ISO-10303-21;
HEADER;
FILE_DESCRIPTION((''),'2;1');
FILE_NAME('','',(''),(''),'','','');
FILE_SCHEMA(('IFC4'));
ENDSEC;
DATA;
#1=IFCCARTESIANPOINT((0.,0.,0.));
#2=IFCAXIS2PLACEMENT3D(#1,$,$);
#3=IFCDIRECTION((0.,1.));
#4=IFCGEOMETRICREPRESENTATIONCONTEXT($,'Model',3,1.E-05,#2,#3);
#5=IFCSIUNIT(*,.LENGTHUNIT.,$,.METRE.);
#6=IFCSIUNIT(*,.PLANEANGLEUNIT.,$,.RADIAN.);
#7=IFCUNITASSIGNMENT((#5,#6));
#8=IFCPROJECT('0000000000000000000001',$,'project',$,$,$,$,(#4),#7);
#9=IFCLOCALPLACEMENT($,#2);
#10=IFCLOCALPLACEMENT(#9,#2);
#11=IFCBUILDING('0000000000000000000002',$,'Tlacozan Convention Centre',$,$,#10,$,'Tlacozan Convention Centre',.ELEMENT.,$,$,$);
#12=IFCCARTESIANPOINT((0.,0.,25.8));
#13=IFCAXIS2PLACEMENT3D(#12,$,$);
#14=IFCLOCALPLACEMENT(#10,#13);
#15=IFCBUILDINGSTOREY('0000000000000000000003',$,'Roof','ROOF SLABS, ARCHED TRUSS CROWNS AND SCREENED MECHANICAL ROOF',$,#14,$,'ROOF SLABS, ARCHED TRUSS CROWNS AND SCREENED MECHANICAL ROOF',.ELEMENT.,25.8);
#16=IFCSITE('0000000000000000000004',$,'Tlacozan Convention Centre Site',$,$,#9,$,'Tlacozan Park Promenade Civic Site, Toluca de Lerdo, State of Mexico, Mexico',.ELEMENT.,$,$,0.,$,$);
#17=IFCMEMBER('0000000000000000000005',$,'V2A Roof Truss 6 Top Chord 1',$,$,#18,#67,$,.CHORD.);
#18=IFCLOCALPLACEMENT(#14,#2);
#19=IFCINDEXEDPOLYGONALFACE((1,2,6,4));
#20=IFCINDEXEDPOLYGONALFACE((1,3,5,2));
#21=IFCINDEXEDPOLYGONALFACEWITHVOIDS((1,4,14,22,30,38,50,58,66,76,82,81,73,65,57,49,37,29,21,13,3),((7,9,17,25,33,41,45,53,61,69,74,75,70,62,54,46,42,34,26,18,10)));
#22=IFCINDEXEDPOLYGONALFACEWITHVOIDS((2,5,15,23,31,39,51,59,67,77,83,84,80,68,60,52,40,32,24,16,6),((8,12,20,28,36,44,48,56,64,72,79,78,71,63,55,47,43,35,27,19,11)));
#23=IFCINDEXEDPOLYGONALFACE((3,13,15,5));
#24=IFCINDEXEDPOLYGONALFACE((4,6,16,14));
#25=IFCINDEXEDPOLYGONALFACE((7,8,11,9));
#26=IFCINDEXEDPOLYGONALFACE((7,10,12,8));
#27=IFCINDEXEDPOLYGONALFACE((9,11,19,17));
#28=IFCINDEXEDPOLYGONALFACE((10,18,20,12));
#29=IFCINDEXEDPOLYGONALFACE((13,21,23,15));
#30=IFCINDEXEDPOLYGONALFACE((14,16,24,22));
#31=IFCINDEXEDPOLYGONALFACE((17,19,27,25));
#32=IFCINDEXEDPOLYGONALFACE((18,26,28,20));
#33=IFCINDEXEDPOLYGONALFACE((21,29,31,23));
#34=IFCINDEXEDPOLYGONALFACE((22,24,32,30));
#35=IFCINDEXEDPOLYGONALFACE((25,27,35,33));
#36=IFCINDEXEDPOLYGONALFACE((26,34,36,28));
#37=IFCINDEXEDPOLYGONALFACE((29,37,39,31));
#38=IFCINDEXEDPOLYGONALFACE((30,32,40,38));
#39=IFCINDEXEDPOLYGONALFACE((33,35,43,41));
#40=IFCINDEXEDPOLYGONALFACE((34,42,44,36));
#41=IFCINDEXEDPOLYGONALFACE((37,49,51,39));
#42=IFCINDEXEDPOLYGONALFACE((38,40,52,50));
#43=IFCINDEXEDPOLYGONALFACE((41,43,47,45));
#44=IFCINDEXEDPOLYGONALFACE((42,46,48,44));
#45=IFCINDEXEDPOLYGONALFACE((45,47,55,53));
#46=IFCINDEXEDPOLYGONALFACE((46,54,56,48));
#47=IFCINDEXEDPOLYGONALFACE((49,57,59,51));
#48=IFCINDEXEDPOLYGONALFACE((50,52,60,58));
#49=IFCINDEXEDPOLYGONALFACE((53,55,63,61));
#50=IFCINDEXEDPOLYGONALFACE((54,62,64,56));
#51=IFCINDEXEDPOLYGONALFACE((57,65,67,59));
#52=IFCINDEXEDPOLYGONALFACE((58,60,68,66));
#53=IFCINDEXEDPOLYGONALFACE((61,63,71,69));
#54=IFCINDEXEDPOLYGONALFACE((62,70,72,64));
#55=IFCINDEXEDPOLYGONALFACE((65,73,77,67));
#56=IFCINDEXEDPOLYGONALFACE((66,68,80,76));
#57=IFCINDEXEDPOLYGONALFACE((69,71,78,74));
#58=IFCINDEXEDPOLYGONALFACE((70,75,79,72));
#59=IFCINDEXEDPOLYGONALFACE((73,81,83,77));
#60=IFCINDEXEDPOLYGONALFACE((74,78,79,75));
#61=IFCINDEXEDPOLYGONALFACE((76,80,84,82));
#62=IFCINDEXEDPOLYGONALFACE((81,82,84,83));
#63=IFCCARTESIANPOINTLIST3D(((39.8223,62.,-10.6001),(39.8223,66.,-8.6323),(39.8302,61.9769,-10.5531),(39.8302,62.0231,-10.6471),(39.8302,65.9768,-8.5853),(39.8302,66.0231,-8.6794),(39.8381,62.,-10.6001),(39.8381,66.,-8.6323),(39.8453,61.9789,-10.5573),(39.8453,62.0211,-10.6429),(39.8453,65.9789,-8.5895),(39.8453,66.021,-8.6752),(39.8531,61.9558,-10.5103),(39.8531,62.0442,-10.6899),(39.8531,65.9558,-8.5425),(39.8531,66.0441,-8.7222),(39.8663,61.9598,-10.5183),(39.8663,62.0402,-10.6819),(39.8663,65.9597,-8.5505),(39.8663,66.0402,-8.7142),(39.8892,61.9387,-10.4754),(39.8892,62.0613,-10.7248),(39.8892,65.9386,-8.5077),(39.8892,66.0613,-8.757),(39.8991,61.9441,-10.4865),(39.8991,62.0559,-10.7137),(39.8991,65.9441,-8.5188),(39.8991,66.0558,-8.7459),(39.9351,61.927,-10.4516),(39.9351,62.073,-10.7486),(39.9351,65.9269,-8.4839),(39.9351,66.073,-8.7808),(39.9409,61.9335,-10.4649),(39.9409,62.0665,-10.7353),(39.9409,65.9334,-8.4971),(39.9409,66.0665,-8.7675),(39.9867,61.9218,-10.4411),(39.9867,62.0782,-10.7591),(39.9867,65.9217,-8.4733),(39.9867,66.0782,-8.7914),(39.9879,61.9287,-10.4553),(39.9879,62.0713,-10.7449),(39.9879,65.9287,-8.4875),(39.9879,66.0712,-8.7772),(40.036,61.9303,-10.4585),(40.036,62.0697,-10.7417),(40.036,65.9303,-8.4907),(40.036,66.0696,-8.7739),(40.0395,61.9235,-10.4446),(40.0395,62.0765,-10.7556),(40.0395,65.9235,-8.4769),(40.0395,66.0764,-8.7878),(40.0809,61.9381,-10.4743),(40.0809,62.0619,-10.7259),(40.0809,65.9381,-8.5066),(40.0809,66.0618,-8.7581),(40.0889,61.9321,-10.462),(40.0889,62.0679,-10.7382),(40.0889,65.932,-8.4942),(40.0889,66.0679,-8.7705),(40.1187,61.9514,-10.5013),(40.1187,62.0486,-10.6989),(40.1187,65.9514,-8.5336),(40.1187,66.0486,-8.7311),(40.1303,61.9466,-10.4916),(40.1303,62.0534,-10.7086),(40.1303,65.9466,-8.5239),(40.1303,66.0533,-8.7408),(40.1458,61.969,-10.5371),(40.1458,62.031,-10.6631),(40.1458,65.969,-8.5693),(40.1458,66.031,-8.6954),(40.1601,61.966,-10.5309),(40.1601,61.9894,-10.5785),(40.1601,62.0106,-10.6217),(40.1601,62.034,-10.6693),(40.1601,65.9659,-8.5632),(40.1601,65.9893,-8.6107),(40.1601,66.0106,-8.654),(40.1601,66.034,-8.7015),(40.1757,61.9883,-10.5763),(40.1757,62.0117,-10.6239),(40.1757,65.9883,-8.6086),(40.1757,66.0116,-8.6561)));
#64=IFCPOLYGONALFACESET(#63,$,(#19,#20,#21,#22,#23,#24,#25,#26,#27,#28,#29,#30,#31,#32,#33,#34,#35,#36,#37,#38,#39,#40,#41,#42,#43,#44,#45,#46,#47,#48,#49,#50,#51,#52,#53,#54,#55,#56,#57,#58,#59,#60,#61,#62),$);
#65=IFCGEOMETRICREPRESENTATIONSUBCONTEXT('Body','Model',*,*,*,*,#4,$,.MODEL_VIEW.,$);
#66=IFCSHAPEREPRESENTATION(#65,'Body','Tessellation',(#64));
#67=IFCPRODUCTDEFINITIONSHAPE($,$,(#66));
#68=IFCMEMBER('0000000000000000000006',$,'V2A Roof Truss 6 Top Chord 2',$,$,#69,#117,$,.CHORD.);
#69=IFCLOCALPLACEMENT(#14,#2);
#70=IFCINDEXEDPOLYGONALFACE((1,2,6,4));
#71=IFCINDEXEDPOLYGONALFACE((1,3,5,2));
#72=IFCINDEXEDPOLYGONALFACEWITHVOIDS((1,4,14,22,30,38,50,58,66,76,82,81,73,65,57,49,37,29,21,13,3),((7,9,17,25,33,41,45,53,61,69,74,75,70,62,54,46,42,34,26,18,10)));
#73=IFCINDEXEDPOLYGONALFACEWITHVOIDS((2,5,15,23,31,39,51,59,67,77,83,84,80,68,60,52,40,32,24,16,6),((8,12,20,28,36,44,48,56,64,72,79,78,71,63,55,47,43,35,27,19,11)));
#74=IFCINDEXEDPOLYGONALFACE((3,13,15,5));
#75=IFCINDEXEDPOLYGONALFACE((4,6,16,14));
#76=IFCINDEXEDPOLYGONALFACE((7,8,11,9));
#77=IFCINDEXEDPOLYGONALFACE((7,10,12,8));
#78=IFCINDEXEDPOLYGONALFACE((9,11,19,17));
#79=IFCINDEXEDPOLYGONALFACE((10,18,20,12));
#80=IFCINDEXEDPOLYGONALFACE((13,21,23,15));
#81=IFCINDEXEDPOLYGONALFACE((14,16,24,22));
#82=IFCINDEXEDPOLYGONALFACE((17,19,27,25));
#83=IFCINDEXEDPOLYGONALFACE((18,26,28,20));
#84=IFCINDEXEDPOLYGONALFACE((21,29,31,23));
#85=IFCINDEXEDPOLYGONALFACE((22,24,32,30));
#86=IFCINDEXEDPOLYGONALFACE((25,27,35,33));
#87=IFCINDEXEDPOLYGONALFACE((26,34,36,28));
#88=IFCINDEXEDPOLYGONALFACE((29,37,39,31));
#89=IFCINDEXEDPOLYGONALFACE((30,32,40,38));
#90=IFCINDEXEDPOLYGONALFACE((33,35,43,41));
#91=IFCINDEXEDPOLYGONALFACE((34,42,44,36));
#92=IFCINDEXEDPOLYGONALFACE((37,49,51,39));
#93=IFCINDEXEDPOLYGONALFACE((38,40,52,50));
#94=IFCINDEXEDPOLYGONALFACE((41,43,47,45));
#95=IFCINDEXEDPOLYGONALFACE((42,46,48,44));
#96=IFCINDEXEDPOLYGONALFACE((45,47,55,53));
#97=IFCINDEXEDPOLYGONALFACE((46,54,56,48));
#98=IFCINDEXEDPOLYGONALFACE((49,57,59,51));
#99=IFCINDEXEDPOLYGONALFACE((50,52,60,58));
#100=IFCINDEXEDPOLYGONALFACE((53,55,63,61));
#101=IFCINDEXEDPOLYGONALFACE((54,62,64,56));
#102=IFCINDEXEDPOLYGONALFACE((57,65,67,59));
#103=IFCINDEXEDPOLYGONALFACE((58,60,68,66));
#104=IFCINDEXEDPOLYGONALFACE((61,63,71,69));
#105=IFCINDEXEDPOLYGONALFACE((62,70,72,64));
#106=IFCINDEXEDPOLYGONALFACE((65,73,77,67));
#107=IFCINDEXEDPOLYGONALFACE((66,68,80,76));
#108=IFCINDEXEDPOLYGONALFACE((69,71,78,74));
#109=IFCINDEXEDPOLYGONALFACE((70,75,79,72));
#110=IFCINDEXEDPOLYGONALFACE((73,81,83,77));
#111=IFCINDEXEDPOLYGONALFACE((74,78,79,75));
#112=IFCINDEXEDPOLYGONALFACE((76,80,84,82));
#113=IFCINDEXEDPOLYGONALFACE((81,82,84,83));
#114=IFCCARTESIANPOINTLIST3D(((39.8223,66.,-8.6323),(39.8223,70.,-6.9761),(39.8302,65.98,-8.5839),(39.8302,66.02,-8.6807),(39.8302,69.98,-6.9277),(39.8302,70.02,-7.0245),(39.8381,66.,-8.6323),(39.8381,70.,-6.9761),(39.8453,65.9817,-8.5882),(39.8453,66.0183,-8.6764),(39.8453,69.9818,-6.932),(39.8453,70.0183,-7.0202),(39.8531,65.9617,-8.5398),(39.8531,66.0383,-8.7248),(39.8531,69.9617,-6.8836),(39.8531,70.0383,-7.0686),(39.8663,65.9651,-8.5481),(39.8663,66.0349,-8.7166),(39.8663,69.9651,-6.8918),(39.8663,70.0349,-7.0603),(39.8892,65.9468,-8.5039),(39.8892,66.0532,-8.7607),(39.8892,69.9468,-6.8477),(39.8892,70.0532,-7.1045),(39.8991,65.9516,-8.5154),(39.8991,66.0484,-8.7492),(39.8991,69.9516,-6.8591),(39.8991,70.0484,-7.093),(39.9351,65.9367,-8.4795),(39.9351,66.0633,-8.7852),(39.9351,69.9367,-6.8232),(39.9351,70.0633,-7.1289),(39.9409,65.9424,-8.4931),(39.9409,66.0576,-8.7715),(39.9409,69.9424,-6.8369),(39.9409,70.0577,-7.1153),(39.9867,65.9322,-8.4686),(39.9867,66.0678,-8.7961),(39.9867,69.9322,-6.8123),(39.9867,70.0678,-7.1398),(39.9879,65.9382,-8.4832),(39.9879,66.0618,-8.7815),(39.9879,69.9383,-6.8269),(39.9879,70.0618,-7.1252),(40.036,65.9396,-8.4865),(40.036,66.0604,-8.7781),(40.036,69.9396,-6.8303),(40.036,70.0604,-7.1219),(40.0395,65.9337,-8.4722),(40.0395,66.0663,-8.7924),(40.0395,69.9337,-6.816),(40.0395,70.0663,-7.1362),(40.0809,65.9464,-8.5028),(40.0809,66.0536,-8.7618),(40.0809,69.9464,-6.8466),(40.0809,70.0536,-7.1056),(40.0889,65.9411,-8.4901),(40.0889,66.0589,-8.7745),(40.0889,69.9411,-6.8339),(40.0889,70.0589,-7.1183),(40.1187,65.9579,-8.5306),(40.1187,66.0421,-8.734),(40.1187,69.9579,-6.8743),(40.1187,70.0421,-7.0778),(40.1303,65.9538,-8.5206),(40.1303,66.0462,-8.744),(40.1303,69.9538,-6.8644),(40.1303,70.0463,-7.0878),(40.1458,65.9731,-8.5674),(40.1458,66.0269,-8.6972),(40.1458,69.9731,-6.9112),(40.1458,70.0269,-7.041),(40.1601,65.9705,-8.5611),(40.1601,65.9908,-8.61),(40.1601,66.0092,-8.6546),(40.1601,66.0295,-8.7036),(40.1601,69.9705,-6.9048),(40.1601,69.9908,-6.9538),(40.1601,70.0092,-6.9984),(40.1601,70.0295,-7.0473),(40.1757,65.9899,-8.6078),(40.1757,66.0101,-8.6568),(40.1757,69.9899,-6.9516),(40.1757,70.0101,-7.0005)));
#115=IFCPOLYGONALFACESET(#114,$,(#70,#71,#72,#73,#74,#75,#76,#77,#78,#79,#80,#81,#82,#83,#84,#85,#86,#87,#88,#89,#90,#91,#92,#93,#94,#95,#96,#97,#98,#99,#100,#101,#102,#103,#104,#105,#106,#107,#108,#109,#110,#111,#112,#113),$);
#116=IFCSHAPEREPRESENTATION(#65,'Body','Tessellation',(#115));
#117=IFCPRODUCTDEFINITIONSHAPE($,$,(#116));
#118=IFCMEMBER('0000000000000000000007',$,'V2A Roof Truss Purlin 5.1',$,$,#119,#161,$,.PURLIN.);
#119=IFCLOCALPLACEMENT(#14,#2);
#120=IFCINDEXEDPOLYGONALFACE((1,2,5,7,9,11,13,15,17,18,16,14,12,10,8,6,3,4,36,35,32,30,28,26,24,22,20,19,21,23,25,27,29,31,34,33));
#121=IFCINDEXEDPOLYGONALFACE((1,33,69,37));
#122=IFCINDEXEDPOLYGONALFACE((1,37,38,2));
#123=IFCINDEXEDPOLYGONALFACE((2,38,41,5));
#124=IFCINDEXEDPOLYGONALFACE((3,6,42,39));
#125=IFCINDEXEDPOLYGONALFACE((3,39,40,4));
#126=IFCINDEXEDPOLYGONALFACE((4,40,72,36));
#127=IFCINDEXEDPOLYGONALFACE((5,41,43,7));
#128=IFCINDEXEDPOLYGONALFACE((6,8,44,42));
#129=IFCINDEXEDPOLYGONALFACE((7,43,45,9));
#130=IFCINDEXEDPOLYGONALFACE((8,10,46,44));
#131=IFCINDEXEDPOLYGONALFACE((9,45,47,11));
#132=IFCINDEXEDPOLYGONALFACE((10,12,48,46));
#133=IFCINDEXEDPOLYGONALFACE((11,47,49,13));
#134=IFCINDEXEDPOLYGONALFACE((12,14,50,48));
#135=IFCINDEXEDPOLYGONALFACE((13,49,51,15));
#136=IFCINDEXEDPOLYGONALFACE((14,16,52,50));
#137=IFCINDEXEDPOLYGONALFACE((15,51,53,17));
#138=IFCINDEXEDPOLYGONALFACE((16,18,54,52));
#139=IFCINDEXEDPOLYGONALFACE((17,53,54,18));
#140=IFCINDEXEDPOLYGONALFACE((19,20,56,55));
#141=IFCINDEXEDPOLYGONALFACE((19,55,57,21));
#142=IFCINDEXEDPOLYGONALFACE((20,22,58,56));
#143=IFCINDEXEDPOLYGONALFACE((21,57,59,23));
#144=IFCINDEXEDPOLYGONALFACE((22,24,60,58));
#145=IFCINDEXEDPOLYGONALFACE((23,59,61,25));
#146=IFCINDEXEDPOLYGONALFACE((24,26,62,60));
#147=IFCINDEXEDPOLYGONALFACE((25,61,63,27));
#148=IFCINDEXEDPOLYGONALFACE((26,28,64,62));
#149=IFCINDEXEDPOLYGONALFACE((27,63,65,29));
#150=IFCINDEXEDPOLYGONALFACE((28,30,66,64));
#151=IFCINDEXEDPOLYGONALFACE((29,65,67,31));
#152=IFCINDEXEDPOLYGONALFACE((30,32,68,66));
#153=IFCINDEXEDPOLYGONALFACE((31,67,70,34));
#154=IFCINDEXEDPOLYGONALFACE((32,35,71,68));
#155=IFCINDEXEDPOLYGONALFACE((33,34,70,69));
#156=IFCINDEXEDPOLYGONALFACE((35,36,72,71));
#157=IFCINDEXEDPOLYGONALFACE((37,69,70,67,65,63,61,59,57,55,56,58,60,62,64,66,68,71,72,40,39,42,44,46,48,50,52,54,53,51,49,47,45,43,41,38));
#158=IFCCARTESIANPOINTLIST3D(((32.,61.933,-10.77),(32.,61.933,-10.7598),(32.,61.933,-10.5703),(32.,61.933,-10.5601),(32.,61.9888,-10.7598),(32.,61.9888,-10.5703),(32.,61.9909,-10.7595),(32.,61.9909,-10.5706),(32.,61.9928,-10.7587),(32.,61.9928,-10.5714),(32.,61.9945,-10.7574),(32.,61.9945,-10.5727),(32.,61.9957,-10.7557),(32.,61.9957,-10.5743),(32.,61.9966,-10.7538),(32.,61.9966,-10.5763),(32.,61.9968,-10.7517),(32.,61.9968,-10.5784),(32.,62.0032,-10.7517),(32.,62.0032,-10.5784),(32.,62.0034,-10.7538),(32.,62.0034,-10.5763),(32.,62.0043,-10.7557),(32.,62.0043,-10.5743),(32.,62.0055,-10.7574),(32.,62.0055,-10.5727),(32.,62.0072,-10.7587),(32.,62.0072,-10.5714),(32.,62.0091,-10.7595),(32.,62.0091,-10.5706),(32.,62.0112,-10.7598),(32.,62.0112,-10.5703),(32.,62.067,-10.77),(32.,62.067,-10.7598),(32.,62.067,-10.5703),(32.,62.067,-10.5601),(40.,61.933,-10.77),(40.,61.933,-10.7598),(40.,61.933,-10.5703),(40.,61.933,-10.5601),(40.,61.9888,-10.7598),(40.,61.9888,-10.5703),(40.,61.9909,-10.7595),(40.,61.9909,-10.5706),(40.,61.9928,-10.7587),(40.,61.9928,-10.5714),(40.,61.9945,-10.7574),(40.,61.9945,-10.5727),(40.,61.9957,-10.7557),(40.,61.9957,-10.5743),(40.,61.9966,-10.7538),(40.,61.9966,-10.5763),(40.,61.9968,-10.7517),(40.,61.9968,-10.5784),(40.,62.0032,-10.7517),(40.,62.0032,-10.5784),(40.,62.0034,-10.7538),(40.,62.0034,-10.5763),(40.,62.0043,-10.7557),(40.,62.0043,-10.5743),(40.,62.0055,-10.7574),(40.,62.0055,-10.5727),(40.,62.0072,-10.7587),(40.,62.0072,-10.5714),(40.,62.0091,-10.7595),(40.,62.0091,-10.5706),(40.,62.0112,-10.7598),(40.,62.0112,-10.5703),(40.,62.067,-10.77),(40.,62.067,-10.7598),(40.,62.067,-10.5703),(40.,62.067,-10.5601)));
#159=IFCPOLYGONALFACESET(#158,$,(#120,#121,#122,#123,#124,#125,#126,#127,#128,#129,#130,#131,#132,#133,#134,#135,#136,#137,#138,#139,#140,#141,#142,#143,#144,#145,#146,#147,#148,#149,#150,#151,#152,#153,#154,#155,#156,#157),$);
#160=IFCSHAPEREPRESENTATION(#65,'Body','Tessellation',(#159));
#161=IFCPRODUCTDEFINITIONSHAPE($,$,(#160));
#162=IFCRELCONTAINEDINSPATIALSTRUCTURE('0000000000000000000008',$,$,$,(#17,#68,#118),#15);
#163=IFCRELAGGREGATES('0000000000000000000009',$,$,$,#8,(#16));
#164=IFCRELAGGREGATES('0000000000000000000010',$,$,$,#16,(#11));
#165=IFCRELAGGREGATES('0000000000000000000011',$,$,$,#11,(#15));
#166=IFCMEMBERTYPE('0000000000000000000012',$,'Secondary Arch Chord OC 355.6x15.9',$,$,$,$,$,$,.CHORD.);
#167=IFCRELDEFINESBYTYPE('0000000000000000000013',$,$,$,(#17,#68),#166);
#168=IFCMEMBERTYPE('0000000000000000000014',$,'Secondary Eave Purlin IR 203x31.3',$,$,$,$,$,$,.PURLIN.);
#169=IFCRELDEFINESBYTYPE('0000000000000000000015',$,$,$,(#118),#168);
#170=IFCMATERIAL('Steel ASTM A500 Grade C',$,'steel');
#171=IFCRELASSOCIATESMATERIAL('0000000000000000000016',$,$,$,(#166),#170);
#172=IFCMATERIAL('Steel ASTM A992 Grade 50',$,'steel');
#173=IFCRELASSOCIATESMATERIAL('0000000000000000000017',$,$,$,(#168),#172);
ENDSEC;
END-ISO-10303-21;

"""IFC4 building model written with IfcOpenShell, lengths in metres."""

from ifc_helpers import new_model, si_unit, direction, frame, origin, origin_2d, place, context, subcontext, project, spatial, hollow_circle, i_section, extrude, material, material_profile, profile_set, type_object, element, save


model = new_model("IFC4")

# Units and contexts
model_context = context("Model", 3, precision=1e-05, world=origin(), true_north=direction((0.0, 1.0)))
body_context = subcontext(model_context, "Body", "Model", "MODEL_VIEW")
ifc_project = project(units=[si_unit("LENGTHUNIT", "METRE"), si_unit("PLANEANGLEUNIT", "RADIAN")], contexts=[model_context])

# Site, building, storey
site_placement = place(None, origin())
site = spatial("IfcSite", under=ifc_project, at=site_placement, Name="Tlacozan Convention Centre Site", LongName="Tlacozan Park Promenade Civic Site, Toluca de Lerdo, State of Mexico, Mexico", CompositionType="ELEMENT", RefElevation=0.0)
building_placement = place(site_placement, origin())
building = spatial("IfcBuilding", under=site, at=building_placement, Name="Tlacozan Convention Centre", LongName="Tlacozan Convention Centre", CompositionType="ELEMENT")
storey_placement = place(building_placement, frame((0.0, 0.0, 25.8)))
storey = spatial("IfcBuildingStorey", under=building, at=storey_placement, Name="Roof", Description="ROOF SLABS, ARCHED TRUSS CROWNS AND SCREENED MECHANICAL ROOF", LongName="ROOF SLABS, ARCHED TRUSS CROWNS AND SCREENED MECHANICAL ROOF", CompositionType="ELEMENT", Elevation=25.8)

# Members
ifc_material_1 = material(Name="Steel ASTM A500 Grade C", Category="steel")
ifc_material_profile_1 = material_profile(ifc_material_1, hollow_circle(Radius=0.1777, WallThickness=0.0159, at=origin_2d()), Name="OC 355.6x15.9")
ifc_profile_set_1 = profile_set([ifc_material_profile_1], Name="Steel ASTM A500 Grade C")
member_type_1 = type_object("IfcMemberType", Name="Secondary Arch Chord OC 355.6x15.9", PredefinedType="CHORD", material=ifc_profile_set_1)
member_1_placement = place(storey_placement, frame((40.0, 62.0, -10.6001), z_axis=(0.0, 0.8973, 0.441421), x_axis=(-1.0, 0.0, 0.0)))
element("IfcMember", 1, at=member_1_placement, inside=storey, type_object=member_type_1, Name="V2A Roof Truss 6 Top Chord 1", PredefinedType="CHORD", context=body_context, shape_type="SweptSolid", body=[
    extrude(hollow_circle(Radius=0.1777, WallThickness=0.0159, at=origin_2d()), origin(), (0.0, 0.0, 1.0), 4.4578),
])
member_2_placement = place(storey_placement, frame((40.0, 66.0, -8.6323), z_axis=(0.0, 0.923929, 0.382564), x_axis=(-1.0, 0.0, 0.0)))
element("IfcMember", 2, at=member_2_placement, inside=storey, type_object=member_type_1, Name="V2A Roof Truss 6 Top Chord 2", PredefinedType="CHORD", context=body_context, shape_type="SweptSolid", body=[
    extrude(hollow_circle(Radius=0.1777, WallThickness=0.0159, at=origin_2d()), origin(), (0.0, 0.0, 1.0), 4.3293),
])
ifc_material_2 = material(Name="Steel ASTM A992 Grade 50", Category="steel")
ifc_material_profile_2 = material_profile(ifc_material_2, i_section(OverallWidth=0.134, OverallDepth=0.21, WebThickness=0.0063, FlangeThickness=0.0103, FilletRadius=0.0081, at=origin_2d()), Name="IR 203x31.3")
ifc_profile_set_2 = profile_set([ifc_material_profile_2], Name="Steel ASTM A992 Grade 50")
member_type_2 = type_object("IfcMemberType", Name="Secondary Eave Purlin IR 203x31.3", PredefinedType="PURLIN", material=ifc_profile_set_2)
for number, where, z_axis, x_axis, name in (
    (3, (32.0, 62.0, -10.665), (1.0, 0.0, 0.0), (0.0, 1.0, 0.0), "V2A Roof Truss Purlin 5.1"),
):
    element("IfcMember", number, at=place(storey_placement, frame(where, z_axis=z_axis, x_axis=x_axis)), inside=storey, type_object=member_type_2, Name=name, PredefinedType="PURLIN", context=body_context, shape_type="SweptSolid", body=[
        extrude(i_section(OverallWidth=0.134, OverallDepth=0.21, WebThickness=0.0063, FlangeThickness=0.0103, FilletRadius=0.0081, at=origin_2d()), origin(), (0.0, 0.0, 1.0), 8.0),
    ])

save(model, "model.ifc")
